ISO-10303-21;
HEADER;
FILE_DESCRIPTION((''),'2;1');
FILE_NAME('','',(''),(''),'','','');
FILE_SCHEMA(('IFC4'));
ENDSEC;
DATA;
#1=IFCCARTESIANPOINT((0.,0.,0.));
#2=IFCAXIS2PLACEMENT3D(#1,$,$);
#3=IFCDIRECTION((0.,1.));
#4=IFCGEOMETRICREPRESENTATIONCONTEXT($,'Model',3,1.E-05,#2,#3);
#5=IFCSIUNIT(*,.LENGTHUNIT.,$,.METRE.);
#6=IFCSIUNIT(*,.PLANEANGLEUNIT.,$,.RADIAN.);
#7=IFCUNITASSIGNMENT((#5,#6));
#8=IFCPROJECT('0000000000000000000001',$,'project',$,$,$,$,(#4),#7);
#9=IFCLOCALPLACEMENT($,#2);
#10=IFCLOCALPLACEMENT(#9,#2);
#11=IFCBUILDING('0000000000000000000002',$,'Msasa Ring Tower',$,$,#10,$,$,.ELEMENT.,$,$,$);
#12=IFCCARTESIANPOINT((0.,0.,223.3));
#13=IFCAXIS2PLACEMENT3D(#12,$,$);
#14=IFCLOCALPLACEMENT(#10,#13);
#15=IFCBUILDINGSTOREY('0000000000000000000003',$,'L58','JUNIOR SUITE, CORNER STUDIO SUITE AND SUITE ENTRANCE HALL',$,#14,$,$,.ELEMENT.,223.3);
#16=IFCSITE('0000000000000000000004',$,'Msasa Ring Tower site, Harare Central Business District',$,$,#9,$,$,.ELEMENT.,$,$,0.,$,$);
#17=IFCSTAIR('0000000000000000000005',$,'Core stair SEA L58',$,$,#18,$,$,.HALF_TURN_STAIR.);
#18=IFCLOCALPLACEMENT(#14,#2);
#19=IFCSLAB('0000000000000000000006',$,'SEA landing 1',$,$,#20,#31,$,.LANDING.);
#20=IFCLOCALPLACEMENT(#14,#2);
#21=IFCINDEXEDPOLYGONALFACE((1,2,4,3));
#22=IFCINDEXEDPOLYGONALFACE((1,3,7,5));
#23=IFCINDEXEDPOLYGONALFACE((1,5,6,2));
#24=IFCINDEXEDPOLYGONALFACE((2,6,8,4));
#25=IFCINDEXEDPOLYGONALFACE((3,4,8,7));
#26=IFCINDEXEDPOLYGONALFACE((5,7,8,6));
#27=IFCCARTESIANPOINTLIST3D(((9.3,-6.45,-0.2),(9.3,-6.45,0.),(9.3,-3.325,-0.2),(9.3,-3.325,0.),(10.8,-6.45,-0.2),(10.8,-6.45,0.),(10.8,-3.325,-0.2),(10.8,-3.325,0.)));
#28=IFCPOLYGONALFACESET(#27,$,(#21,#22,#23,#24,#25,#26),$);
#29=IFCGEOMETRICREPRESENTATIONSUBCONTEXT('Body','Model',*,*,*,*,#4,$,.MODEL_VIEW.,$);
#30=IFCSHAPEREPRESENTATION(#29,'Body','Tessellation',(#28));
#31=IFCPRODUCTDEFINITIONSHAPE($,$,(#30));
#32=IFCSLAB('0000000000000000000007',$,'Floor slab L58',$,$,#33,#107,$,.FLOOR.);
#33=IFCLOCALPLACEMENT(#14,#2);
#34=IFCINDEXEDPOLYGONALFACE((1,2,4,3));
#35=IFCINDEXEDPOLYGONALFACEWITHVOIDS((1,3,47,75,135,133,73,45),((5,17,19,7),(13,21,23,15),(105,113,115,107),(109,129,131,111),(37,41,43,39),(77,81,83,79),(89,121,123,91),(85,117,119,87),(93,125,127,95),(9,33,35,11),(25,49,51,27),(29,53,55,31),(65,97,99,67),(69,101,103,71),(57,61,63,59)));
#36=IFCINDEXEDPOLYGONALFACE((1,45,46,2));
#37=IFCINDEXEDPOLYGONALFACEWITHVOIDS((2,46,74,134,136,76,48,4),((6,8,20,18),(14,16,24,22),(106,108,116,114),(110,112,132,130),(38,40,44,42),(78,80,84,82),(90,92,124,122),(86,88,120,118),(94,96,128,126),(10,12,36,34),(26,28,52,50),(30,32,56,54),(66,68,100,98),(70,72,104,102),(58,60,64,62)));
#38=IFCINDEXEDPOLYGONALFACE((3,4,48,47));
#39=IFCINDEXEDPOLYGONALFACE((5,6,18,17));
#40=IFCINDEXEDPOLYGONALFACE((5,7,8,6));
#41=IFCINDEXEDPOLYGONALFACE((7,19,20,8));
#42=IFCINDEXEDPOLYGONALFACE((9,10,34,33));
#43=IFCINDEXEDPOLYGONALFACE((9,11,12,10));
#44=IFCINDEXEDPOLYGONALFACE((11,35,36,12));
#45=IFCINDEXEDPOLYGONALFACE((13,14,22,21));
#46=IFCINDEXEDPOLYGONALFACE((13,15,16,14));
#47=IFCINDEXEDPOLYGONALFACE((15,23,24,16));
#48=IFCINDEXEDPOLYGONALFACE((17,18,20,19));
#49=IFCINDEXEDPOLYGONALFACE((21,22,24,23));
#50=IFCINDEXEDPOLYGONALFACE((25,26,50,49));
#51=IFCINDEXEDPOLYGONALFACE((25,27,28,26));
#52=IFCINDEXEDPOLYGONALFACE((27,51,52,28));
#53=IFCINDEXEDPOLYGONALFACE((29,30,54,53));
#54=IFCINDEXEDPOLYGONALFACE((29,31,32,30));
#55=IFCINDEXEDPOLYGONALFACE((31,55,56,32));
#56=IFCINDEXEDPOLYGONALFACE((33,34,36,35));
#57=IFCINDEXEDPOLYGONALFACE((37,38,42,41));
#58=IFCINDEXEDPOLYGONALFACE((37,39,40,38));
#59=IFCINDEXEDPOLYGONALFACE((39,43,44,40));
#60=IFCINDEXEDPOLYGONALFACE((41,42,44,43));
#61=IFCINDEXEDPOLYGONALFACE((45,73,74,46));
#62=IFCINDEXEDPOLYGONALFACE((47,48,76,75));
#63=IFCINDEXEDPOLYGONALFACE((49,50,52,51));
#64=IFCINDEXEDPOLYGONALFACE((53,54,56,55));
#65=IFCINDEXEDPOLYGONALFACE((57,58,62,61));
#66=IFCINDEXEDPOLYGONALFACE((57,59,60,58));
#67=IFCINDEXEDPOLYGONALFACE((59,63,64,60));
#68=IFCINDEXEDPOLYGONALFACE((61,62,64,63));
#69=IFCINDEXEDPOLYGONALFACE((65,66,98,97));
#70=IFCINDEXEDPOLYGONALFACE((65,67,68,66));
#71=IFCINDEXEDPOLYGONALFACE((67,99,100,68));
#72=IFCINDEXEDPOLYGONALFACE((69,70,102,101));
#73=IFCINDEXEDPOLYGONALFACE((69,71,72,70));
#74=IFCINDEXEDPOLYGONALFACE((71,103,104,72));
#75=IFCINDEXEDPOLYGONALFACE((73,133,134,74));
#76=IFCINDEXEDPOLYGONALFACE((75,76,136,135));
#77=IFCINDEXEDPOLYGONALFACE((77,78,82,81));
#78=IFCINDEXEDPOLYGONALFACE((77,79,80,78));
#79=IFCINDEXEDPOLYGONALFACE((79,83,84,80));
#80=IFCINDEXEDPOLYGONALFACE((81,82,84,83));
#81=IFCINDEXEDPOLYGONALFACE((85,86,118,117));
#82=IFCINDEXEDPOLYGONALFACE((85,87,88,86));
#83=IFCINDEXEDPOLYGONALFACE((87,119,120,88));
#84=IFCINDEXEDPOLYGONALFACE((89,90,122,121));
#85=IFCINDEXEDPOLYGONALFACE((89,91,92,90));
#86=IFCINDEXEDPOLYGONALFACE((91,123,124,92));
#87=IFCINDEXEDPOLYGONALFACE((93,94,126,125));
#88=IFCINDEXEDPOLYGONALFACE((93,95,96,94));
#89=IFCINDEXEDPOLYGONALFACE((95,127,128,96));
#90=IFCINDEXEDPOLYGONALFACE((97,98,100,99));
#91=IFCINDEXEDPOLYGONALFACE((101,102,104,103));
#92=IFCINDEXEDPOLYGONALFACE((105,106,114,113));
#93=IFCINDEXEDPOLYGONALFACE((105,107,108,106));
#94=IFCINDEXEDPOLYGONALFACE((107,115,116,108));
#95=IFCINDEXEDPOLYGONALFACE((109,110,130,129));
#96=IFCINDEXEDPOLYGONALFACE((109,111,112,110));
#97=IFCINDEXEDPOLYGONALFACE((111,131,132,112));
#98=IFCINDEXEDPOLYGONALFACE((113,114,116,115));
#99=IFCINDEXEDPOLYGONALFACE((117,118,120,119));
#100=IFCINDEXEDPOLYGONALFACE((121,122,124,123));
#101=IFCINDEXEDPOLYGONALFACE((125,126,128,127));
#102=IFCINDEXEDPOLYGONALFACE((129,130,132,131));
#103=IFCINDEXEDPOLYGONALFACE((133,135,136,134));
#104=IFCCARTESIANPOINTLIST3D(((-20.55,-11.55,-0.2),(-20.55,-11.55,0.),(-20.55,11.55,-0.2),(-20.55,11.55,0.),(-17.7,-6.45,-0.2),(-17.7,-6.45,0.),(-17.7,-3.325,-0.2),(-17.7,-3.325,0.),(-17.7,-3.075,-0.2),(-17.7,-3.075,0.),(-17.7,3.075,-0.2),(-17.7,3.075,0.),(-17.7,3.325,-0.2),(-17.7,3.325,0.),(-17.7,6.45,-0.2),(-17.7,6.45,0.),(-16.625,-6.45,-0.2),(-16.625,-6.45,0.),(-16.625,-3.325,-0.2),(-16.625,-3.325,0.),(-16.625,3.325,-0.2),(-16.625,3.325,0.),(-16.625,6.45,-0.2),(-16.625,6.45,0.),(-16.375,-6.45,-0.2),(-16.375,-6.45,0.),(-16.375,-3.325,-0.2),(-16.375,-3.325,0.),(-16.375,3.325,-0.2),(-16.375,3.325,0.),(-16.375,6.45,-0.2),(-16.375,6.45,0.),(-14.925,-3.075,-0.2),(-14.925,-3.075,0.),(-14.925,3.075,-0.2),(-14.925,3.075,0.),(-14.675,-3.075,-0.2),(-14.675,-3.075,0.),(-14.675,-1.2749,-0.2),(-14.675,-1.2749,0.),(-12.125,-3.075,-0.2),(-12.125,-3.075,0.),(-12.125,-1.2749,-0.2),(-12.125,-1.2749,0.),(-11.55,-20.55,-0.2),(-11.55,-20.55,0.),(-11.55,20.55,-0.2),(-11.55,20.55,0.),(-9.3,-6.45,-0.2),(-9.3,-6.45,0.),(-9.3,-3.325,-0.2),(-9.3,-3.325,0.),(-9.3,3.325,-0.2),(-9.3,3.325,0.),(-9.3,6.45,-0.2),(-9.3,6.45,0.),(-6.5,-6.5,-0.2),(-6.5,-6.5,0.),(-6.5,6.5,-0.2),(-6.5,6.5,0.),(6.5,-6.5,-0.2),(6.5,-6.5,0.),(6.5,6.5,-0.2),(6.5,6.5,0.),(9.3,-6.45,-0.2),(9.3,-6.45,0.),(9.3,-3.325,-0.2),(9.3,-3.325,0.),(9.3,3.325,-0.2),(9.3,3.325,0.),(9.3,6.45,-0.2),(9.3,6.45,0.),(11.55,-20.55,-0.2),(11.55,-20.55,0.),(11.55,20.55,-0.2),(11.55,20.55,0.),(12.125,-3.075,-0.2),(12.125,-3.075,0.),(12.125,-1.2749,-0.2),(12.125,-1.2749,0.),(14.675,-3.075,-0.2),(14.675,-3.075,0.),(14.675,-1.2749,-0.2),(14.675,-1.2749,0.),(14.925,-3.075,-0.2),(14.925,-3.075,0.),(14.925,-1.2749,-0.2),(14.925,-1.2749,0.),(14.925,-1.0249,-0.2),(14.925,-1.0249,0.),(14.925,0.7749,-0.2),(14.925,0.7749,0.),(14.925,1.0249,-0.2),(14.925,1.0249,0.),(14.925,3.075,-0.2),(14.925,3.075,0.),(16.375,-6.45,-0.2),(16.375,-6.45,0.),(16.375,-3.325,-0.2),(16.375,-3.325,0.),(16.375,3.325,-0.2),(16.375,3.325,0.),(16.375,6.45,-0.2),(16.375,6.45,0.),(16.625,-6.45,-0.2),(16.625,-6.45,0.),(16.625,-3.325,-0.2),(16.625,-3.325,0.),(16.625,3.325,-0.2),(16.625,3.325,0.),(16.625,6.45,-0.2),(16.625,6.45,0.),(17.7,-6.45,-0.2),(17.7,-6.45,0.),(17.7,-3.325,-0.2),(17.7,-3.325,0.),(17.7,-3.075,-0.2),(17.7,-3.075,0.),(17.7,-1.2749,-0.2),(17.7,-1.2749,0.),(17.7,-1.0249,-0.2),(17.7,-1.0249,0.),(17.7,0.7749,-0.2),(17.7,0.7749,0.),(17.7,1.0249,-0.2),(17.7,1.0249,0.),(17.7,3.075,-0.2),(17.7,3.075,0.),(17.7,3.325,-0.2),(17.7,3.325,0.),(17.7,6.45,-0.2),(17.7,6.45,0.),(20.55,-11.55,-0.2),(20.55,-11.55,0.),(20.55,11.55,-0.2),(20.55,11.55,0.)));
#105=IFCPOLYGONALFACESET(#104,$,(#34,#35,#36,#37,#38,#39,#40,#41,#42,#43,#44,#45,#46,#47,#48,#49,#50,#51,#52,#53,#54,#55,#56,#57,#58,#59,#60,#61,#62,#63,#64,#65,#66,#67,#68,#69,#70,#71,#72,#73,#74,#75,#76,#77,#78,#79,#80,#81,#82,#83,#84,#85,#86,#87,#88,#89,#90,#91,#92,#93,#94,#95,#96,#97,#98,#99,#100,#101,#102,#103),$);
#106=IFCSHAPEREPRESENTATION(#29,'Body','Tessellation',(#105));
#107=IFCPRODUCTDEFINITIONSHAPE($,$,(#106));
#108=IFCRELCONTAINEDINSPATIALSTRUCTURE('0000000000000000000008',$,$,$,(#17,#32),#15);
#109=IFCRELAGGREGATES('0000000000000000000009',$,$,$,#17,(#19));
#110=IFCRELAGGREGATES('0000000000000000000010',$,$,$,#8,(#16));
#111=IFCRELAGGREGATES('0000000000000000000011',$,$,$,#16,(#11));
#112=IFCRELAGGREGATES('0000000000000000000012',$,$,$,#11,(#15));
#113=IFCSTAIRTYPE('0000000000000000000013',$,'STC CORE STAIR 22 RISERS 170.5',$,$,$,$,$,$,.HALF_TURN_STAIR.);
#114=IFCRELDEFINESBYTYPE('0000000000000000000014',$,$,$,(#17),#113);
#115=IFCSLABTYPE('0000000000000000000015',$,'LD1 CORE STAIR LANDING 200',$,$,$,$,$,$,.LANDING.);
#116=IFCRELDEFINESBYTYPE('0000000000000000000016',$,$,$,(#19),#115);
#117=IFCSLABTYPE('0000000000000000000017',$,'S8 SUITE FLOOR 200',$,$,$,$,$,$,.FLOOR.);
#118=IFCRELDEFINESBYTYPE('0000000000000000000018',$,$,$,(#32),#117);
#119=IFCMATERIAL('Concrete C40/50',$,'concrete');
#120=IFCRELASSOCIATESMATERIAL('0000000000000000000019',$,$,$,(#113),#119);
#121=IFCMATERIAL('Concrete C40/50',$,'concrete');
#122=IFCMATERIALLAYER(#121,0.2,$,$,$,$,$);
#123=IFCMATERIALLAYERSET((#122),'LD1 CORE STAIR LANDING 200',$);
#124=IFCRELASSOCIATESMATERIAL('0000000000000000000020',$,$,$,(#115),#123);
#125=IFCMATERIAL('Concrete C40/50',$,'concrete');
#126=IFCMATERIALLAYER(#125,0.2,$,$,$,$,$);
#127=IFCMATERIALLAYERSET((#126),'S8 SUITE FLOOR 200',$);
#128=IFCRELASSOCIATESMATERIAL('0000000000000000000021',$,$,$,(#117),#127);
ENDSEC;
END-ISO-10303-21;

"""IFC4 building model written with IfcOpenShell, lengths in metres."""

from ifc_helpers import new_model, si_unit, direction, frame, origin, place, context, subcontext, project, spatial, polyline, outline, extrude, material, layer, layer_set, type_object, element, aggregate, save


model = new_model("IFC4")

# Units and contexts
model_context = context("Model", 3, precision=1e-05, world=origin(), true_north=direction((0.0, 1.0)))
body_context = subcontext(model_context, "Body", "Model", "MODEL_VIEW")
ifc_project = project(units=[si_unit("LENGTHUNIT", "METRE"), si_unit("PLANEANGLEUNIT", "RADIAN")], contexts=[model_context])

# Site, building, storey
site_placement = place(None, origin())
site = spatial("IfcSite", under=ifc_project, at=site_placement, Name="Msasa Ring Tower site, Harare Central Business District", CompositionType="ELEMENT", RefElevation=0.0)
building_placement = place(site_placement, origin())
building = spatial("IfcBuilding", under=site, at=building_placement, Name="Msasa Ring Tower", CompositionType="ELEMENT")
storey_placement = place(building_placement, frame((0.0, 0.0, 223.3)))
storey = spatial("IfcBuildingStorey", under=building, at=storey_placement, Name="L58", Description="JUNIOR SUITE, CORNER STUDIO SUITE AND SUITE ENTRANCE HALL", CompositionType="ELEMENT", Elevation=223.3)

# Stair, slab
ifc_material_1 = material(Name="Concrete C40/50", Category="concrete")
stair_type = type_object("IfcStairType", Name="STC CORE STAIR 22 RISERS 170.5", PredefinedType="HALF_TURN_STAIR", material=ifc_material_1)
stair_placement = place(storey_placement, origin())
stair = element("IfcStair", 1, at=stair_placement, inside=storey, type_object=stair_type, Name="Core stair SEA L58", PredefinedType="HALF_TURN_STAIR")
ifc_material_2 = material(Name="Concrete C40/50", Category="concrete")
ifc_layer_1 = layer(ifc_material_2, 0.2)
ifc_layer_set_1 = layer_set([ifc_layer_1], Name="LD1 CORE STAIR LANDING 200")
slab_type_1 = type_object("IfcSlabType", Name="LD1 CORE STAIR LANDING 200", PredefinedType="LANDING", material=ifc_layer_set_1)
slab_1_placement = place(storey_placement, frame((0.0, 0.0, -0.2)))
slab_1 = element("IfcSlab", 2, at=slab_1_placement, type_object=slab_type_1, Name="SEA landing 1", PredefinedType="LANDING", context=body_context, shape_type="SweptSolid", body=[
    extrude(outline(polyline([(9.3, -6.45), (10.8, -6.45), (10.8, -3.325), (9.3, -3.325), (9.3, -6.45)])), origin(), (0.0, 0.0, 1.0), 0.2),
])
aggregate(stair, [slab_1])

# Slab
ifc_material_3 = material(Name="Concrete C40/50", Category="concrete")
ifc_layer_2 = layer(ifc_material_3, 0.2)
ifc_layer_set_2 = layer_set([ifc_layer_2], Name="S8 SUITE FLOOR 200")
slab_type_2 = type_object("IfcSlabType", Name="S8 SUITE FLOOR 200", PredefinedType="FLOOR", material=ifc_layer_set_2)
slab_2_placement = place(storey_placement, frame((0.0, 0.0, -0.2)))
element("IfcSlab", 3, at=slab_2_placement, inside=storey, type_object=slab_type_2, Name="Floor slab L58", PredefinedType="FLOOR", context=body_context, shape_type="SweptSolid", body=[
    extrude(outline(polyline([(-11.55, -20.55), (11.55, -20.55), (20.55, -11.55), (20.55, 11.55), (11.55, 20.55), (-11.55, 20.55), (-20.55, 11.55), (-20.55, -11.55), (-11.55, -20.55)]), holes=[polyline([(-6.5, -6.5), (6.5, -6.5), (6.5, 6.5), (-6.5, 6.5), (-6.5, -6.5)]), polyline([(9.3, -6.45), (16.375, -6.45), (16.375, -3.325), (9.3, -3.325), (9.3, -6.45)]), polyline([(9.3, 3.325), (16.375, 3.325), (16.375, 6.45), (9.3, 6.45), (9.3, 3.325)]), polyline([(12.125, -3.075), (14.675, -3.075), (14.675, -1.2749), (12.125, -1.2749), (12.125, -3.075)]), polyline([(16.625, -6.45), (17.7, -6.45), (17.7, -3.325), (16.625, -3.325), (16.625, -6.45)]), polyline([(16.625, 3.325), (17.7, 3.325), (17.7, 6.45), (16.625, 6.45), (16.625, 3.325)]), polyline([(14.925, -3.075), (17.7, -3.075), (17.7, -1.2749), (14.925, -1.2749), (14.925, -3.075)]), polyline([(14.925, -1.0249), (17.7, -1.0249), (17.7, 0.7749), (14.925, 0.7749), (14.925, -1.0249)]), polyline([(14.925, 1.0249), (17.7, 1.0249), (17.7, 3.075), (14.925, 3.075), (14.925, 1.0249)]), polyline([(-16.375, -6.45), (-9.3, -6.45), (-9.3, -3.325), (-16.375, -3.325), (-16.375, -6.45)]), polyline([(-16.375, 3.325), (-9.3, 3.325), (-9.3, 6.45), (-16.375, 6.45), (-16.375, 3.325)]), polyline([(-14.675, -3.075), (-12.125, -3.075), (-12.125, -1.2749), (-14.675, -1.2749), (-14.675, -3.075)]), polyline([(-17.7, -6.45), (-16.625, -6.45), (-16.625, -3.325), (-17.7, -3.325), (-17.7, -6.45)]), polyline([(-17.7, 3.325), (-16.625, 3.325), (-16.625, 6.45), (-17.7, 6.45), (-17.7, 3.325)]), polyline([(-17.7, -3.075), (-14.925, -3.075), (-14.925, 3.075), (-17.7, 3.075), (-17.7, -3.075)])]), origin(), (0.0, 0.0, 1.0), 0.2),
])

save(model, "model.ifc")
